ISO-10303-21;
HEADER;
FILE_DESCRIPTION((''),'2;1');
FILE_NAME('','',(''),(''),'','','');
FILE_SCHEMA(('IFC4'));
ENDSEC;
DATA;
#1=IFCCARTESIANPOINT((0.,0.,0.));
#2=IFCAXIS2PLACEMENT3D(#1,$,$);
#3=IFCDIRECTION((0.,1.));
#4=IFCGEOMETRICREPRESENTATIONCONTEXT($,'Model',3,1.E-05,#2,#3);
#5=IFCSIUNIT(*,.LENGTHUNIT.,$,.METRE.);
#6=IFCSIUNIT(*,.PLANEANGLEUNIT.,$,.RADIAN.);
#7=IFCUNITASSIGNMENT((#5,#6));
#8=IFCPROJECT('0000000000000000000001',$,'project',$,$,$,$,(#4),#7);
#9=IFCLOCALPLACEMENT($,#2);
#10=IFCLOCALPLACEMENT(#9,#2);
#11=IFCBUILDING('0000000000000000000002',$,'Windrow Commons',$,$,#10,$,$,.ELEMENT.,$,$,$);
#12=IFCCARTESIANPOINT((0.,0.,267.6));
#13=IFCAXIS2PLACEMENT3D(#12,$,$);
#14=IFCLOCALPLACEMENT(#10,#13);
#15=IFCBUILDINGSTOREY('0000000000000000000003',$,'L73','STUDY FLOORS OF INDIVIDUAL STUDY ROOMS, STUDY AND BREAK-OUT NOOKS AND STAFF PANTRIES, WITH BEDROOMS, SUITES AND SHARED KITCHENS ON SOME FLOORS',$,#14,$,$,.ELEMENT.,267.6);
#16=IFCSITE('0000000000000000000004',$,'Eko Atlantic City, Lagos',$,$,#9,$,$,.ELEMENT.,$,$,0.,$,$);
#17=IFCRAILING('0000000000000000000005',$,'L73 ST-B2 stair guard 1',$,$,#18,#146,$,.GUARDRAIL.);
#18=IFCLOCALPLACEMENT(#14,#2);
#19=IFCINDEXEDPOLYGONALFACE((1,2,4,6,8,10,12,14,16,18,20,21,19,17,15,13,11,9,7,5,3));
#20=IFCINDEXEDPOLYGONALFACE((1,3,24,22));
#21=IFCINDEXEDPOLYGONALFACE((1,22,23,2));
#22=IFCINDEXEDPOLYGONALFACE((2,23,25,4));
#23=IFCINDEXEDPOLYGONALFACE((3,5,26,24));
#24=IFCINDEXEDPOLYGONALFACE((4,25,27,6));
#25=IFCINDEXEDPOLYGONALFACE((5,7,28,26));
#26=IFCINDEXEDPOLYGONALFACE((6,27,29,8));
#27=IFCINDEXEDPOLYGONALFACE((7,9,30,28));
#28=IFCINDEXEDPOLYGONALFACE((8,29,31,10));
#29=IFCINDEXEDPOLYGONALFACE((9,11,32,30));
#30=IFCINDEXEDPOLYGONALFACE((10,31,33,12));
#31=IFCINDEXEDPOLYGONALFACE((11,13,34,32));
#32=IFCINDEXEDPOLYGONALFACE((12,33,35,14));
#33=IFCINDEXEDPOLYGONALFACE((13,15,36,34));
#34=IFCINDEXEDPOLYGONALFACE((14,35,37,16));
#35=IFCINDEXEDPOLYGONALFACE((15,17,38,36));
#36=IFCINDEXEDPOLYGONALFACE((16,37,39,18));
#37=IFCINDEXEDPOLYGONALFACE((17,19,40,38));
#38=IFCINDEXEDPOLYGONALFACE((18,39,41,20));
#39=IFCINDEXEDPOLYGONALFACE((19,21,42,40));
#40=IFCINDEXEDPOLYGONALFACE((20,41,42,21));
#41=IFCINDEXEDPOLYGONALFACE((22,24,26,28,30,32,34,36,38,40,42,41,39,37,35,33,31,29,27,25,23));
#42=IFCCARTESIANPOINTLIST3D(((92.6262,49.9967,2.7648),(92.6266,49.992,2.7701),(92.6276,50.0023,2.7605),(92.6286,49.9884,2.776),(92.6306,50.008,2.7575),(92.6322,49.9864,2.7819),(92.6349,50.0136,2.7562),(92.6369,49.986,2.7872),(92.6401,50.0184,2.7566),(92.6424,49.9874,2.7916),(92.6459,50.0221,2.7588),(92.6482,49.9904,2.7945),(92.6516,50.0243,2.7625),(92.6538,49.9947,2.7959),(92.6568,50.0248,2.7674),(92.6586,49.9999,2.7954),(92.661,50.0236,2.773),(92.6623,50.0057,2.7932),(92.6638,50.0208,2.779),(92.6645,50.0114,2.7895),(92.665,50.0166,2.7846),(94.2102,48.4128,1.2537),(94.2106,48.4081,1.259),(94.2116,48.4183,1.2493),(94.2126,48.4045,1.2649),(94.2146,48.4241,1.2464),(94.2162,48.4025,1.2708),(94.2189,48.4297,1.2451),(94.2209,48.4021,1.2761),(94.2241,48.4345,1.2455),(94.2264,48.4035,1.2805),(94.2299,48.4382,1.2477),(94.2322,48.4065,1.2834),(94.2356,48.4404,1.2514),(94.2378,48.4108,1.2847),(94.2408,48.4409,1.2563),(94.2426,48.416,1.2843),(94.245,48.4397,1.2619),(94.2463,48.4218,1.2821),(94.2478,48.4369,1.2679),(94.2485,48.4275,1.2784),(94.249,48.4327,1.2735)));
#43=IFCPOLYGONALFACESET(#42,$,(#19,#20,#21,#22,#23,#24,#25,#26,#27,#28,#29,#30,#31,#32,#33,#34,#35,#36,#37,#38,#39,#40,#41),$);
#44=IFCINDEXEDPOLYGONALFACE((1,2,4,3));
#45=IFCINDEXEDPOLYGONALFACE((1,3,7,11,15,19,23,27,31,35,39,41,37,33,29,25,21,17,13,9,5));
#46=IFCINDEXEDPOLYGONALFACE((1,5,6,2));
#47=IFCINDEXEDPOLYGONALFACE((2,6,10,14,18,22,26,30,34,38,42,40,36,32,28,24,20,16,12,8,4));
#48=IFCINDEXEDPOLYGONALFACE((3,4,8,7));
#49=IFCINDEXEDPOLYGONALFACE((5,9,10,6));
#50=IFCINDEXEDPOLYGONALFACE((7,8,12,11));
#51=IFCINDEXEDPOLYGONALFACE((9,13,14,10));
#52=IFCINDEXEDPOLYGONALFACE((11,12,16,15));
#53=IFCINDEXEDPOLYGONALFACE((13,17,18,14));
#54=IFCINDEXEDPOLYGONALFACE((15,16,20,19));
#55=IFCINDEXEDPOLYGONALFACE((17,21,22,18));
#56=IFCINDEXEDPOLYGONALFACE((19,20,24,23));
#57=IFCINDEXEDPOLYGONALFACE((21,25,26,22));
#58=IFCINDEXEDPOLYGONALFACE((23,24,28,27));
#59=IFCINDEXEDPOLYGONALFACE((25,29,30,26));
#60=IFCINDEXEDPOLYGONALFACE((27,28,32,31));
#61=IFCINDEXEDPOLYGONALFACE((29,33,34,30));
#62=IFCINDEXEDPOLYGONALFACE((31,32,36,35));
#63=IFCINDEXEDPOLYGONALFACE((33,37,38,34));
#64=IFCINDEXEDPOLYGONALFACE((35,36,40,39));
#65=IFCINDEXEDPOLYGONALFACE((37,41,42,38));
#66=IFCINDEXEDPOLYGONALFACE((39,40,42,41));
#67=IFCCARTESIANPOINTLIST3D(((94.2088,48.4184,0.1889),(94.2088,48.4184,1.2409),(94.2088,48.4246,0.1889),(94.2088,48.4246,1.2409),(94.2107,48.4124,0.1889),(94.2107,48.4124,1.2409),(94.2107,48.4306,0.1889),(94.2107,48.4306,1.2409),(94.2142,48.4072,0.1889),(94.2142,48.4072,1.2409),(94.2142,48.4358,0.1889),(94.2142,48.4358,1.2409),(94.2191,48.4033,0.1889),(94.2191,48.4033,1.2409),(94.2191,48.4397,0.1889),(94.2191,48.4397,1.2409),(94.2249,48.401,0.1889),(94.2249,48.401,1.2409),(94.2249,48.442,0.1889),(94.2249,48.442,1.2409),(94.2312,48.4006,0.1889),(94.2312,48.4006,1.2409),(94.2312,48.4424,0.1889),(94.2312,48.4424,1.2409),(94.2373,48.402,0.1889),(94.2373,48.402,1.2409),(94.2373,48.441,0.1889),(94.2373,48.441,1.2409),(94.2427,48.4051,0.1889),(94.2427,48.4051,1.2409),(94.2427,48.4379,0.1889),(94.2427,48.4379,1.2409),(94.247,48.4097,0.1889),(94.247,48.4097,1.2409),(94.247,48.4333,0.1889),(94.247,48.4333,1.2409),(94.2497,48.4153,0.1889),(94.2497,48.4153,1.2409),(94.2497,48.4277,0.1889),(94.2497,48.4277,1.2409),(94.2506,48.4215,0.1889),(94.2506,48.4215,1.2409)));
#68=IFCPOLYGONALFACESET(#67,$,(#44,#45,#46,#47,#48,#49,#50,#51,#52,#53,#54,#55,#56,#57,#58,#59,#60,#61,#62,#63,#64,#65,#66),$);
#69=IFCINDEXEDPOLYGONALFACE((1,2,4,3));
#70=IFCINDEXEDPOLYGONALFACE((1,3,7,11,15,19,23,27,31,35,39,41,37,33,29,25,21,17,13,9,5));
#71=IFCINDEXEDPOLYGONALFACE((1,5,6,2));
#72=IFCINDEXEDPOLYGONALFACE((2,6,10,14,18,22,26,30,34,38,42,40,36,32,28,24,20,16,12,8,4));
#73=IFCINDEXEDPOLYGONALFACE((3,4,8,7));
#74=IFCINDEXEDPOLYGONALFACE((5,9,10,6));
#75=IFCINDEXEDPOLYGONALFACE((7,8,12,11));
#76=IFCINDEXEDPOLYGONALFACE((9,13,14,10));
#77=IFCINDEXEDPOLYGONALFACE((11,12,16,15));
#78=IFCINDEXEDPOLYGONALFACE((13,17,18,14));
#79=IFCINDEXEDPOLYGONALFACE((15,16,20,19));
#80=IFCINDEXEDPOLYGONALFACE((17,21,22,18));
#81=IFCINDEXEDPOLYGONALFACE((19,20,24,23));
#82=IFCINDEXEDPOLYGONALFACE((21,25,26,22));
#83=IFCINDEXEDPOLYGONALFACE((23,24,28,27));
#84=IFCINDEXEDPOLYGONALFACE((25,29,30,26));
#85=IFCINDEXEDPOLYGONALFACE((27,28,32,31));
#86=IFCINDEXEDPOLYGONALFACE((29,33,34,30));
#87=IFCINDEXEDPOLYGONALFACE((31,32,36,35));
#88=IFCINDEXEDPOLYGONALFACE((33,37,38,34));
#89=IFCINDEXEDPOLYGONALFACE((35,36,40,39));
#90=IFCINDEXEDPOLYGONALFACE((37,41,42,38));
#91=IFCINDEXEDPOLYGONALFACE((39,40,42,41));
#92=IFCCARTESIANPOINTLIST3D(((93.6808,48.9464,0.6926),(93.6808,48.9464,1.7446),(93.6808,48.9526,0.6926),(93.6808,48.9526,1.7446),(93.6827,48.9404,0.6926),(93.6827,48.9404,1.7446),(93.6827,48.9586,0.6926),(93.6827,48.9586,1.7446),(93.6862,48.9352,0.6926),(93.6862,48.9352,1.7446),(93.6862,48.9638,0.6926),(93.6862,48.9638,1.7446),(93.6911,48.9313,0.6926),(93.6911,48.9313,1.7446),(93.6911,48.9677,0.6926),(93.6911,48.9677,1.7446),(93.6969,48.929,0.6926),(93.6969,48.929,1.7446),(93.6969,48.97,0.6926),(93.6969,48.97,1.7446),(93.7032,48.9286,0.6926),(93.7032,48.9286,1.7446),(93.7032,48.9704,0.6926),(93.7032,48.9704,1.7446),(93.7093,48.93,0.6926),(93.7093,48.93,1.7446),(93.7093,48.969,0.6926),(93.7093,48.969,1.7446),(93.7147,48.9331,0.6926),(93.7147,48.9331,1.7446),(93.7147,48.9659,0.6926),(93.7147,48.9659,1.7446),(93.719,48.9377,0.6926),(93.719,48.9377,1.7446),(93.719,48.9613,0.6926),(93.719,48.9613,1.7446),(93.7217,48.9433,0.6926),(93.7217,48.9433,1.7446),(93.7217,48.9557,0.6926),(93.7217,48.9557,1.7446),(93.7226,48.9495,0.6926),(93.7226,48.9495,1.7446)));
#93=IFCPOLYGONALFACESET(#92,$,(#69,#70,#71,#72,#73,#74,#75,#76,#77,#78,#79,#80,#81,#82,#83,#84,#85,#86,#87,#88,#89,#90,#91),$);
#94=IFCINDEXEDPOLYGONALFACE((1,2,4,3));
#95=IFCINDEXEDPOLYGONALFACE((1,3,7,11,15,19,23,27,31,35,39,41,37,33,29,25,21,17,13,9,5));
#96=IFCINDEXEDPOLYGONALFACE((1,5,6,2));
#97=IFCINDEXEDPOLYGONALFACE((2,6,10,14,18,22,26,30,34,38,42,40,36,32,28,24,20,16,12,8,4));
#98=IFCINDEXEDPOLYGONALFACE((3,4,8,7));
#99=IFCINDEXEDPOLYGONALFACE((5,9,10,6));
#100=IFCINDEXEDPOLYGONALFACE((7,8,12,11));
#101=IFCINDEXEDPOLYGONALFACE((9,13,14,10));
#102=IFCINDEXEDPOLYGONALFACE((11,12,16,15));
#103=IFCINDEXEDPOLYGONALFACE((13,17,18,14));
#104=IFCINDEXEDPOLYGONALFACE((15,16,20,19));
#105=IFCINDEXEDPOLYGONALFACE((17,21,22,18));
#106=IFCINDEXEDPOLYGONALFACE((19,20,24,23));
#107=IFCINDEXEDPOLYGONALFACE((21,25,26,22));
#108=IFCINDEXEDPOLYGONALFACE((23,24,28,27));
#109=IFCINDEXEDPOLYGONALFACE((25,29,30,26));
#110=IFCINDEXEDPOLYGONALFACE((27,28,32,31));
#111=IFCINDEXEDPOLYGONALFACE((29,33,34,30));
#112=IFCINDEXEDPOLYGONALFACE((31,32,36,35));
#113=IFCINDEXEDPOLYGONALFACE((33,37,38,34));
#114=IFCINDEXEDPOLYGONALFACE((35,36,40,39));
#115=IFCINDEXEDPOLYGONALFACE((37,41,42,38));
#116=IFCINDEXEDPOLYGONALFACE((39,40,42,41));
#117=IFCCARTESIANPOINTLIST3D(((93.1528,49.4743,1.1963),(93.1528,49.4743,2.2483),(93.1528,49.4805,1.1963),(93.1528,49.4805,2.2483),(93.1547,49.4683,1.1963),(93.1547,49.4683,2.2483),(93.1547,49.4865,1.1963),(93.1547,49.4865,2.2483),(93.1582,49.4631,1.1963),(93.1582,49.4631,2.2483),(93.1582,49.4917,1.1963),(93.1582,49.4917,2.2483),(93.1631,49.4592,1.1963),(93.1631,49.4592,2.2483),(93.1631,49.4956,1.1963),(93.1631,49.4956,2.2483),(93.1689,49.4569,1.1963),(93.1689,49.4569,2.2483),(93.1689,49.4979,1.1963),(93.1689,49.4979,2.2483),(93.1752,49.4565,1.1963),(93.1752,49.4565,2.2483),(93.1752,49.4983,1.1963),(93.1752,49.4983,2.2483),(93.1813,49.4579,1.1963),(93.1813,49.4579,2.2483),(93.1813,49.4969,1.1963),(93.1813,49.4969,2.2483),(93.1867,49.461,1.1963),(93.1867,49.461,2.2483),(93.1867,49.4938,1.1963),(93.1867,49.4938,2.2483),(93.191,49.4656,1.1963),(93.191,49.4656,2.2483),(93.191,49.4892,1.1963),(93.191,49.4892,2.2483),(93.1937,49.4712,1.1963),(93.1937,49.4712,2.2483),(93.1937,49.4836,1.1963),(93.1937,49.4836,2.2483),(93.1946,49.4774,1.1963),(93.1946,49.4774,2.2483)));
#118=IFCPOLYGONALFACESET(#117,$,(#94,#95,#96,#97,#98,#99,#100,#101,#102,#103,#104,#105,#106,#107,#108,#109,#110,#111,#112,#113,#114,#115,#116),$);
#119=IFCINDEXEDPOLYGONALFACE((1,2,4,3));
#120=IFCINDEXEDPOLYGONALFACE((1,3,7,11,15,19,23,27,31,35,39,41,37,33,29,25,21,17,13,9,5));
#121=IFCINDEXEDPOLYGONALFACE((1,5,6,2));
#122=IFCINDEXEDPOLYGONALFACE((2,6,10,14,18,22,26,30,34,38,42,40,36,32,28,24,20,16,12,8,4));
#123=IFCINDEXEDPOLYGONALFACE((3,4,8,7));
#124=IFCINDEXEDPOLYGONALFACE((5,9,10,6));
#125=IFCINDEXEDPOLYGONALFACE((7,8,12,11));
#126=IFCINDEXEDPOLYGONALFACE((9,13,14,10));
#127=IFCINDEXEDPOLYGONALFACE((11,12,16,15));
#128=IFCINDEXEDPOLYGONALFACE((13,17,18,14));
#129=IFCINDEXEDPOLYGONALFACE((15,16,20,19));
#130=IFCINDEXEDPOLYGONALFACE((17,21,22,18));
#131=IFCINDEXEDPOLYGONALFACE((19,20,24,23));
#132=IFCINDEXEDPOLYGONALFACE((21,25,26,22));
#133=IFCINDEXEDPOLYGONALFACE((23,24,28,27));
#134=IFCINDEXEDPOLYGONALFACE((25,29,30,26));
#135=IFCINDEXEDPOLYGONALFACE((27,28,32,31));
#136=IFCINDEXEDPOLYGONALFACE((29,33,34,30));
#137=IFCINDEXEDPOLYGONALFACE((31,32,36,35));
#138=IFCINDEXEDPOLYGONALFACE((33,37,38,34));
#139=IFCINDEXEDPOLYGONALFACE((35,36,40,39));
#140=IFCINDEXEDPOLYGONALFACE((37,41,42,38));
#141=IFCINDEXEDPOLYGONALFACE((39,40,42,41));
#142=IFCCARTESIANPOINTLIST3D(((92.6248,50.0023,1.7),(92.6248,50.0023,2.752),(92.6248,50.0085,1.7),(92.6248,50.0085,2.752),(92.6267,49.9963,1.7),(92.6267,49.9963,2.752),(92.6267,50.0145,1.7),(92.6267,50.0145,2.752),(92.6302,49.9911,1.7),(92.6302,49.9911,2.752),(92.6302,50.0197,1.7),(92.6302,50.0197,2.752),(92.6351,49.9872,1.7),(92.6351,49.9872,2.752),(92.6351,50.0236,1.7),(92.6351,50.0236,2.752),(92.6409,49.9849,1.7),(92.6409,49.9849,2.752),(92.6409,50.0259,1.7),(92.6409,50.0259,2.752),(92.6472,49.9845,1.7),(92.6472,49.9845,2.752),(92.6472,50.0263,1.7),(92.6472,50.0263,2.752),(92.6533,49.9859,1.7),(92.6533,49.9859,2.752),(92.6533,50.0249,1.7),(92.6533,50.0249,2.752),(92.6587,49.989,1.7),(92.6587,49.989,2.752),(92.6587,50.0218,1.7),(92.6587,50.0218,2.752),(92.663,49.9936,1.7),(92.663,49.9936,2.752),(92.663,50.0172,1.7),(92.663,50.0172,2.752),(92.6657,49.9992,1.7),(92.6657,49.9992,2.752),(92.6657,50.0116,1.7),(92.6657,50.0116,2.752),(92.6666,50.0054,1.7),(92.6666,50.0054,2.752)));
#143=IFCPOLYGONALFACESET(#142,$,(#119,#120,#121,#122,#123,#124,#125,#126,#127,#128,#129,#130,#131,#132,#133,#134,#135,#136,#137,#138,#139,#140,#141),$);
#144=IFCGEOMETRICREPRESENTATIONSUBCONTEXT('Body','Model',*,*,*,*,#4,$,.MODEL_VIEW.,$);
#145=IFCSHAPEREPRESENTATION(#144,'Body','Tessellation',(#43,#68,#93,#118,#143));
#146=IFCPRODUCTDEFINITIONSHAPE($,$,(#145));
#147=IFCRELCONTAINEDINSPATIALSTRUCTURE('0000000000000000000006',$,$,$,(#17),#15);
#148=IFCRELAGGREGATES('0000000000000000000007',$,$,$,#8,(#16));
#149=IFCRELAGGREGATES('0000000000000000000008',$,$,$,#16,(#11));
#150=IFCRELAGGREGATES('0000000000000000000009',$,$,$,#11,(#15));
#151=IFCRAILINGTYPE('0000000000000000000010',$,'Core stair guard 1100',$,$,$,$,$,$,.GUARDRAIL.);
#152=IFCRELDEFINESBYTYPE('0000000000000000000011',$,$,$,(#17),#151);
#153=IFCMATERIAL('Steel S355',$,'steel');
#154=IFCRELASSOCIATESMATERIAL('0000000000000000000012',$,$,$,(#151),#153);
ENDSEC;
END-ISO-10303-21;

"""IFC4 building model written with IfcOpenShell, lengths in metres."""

from ifc_helpers import new_model, si_unit, direction, frame, origin, origin_2d, place, context, subcontext, project, spatial, circle, extrude, material, type_object, element, save


model = new_model("IFC4")

# Units and contexts
model_context = context("Model", 3, precision=1e-05, world=origin(), true_north=direction((0.0, 1.0)))
body_context = subcontext(model_context, "Body", "Model", "MODEL_VIEW")
ifc_project = project(units=[si_unit("LENGTHUNIT", "METRE"), si_unit("PLANEANGLEUNIT", "RADIAN")], contexts=[model_context])

# Site, building, storey
site_placement = place(None, origin())
site = spatial("IfcSite", under=ifc_project, at=site_placement, Name="Eko Atlantic City, Lagos", CompositionType="ELEMENT", RefElevation=0.0)
building_placement = place(site_placement, origin())
building = spatial("IfcBuilding", under=site, at=building_placement, Name="Windrow Commons", CompositionType="ELEMENT")
storey_placement = place(building_placement, frame((0.0, 0.0, 267.6)))
storey = spatial("IfcBuildingStorey", under=building, at=storey_placement, Name="L73", Description="STUDY FLOORS OF INDIVIDUAL STUDY ROOMS, STUDY AND BREAK-OUT NOOKS AND STAFF PANTRIES, WITH BEDROOMS, SUITES AND SHARED KITCHENS ON SOME FLOORS", CompositionType="ELEMENT", Elevation=267.6)

# Railing
ifc_material_1 = material(Name="Steel S355", Category="steel")
railing_type_1 = type_object("IfcRailingType", Name="Core stair guard 1100", PredefinedType="GUARDRAIL", material=ifc_material_1)
railing_1_placement = place(storey_placement, frame((94.2296, 48.4215, 0.1889)))
element("IfcRailing", 1, at=railing_1_placement, inside=storey, type_object=railing_type_1, Name="L73 ST-B2 stair guard 1", PredefinedType="GUARDRAIL", context=body_context, shape_type="SweptSolid", body=[
    extrude(circle(Radius=0.024, at=origin_2d()), frame((0.0, 0.0, 1.076), z_axis=(-0.586216, 0.586179, 0.559237), x_axis=(-0.707084, -0.707129, 0.0)), (0.0, 0.0, 1.0), 2.7021),
    extrude(circle(Radius=0.021, at=origin_2d()), origin(), (0.0, 0.0, 1.0), 1.052),
    extrude(circle(Radius=0.021, at=origin_2d()), frame((-0.528, 0.528, 0.5037)), (0.0, 0.0, 1.0), 1.052),
    extrude(circle(Radius=0.021, at=origin_2d()), frame((-1.056, 1.0559, 1.0074)), (0.0, 0.0, 1.0), 1.052),
    extrude(circle(Radius=0.021, at=origin_2d()), frame((-1.584, 1.5839, 1.5111)), (0.0, 0.0, 1.0), 1.052),
])

save(model, "model.ifc")
